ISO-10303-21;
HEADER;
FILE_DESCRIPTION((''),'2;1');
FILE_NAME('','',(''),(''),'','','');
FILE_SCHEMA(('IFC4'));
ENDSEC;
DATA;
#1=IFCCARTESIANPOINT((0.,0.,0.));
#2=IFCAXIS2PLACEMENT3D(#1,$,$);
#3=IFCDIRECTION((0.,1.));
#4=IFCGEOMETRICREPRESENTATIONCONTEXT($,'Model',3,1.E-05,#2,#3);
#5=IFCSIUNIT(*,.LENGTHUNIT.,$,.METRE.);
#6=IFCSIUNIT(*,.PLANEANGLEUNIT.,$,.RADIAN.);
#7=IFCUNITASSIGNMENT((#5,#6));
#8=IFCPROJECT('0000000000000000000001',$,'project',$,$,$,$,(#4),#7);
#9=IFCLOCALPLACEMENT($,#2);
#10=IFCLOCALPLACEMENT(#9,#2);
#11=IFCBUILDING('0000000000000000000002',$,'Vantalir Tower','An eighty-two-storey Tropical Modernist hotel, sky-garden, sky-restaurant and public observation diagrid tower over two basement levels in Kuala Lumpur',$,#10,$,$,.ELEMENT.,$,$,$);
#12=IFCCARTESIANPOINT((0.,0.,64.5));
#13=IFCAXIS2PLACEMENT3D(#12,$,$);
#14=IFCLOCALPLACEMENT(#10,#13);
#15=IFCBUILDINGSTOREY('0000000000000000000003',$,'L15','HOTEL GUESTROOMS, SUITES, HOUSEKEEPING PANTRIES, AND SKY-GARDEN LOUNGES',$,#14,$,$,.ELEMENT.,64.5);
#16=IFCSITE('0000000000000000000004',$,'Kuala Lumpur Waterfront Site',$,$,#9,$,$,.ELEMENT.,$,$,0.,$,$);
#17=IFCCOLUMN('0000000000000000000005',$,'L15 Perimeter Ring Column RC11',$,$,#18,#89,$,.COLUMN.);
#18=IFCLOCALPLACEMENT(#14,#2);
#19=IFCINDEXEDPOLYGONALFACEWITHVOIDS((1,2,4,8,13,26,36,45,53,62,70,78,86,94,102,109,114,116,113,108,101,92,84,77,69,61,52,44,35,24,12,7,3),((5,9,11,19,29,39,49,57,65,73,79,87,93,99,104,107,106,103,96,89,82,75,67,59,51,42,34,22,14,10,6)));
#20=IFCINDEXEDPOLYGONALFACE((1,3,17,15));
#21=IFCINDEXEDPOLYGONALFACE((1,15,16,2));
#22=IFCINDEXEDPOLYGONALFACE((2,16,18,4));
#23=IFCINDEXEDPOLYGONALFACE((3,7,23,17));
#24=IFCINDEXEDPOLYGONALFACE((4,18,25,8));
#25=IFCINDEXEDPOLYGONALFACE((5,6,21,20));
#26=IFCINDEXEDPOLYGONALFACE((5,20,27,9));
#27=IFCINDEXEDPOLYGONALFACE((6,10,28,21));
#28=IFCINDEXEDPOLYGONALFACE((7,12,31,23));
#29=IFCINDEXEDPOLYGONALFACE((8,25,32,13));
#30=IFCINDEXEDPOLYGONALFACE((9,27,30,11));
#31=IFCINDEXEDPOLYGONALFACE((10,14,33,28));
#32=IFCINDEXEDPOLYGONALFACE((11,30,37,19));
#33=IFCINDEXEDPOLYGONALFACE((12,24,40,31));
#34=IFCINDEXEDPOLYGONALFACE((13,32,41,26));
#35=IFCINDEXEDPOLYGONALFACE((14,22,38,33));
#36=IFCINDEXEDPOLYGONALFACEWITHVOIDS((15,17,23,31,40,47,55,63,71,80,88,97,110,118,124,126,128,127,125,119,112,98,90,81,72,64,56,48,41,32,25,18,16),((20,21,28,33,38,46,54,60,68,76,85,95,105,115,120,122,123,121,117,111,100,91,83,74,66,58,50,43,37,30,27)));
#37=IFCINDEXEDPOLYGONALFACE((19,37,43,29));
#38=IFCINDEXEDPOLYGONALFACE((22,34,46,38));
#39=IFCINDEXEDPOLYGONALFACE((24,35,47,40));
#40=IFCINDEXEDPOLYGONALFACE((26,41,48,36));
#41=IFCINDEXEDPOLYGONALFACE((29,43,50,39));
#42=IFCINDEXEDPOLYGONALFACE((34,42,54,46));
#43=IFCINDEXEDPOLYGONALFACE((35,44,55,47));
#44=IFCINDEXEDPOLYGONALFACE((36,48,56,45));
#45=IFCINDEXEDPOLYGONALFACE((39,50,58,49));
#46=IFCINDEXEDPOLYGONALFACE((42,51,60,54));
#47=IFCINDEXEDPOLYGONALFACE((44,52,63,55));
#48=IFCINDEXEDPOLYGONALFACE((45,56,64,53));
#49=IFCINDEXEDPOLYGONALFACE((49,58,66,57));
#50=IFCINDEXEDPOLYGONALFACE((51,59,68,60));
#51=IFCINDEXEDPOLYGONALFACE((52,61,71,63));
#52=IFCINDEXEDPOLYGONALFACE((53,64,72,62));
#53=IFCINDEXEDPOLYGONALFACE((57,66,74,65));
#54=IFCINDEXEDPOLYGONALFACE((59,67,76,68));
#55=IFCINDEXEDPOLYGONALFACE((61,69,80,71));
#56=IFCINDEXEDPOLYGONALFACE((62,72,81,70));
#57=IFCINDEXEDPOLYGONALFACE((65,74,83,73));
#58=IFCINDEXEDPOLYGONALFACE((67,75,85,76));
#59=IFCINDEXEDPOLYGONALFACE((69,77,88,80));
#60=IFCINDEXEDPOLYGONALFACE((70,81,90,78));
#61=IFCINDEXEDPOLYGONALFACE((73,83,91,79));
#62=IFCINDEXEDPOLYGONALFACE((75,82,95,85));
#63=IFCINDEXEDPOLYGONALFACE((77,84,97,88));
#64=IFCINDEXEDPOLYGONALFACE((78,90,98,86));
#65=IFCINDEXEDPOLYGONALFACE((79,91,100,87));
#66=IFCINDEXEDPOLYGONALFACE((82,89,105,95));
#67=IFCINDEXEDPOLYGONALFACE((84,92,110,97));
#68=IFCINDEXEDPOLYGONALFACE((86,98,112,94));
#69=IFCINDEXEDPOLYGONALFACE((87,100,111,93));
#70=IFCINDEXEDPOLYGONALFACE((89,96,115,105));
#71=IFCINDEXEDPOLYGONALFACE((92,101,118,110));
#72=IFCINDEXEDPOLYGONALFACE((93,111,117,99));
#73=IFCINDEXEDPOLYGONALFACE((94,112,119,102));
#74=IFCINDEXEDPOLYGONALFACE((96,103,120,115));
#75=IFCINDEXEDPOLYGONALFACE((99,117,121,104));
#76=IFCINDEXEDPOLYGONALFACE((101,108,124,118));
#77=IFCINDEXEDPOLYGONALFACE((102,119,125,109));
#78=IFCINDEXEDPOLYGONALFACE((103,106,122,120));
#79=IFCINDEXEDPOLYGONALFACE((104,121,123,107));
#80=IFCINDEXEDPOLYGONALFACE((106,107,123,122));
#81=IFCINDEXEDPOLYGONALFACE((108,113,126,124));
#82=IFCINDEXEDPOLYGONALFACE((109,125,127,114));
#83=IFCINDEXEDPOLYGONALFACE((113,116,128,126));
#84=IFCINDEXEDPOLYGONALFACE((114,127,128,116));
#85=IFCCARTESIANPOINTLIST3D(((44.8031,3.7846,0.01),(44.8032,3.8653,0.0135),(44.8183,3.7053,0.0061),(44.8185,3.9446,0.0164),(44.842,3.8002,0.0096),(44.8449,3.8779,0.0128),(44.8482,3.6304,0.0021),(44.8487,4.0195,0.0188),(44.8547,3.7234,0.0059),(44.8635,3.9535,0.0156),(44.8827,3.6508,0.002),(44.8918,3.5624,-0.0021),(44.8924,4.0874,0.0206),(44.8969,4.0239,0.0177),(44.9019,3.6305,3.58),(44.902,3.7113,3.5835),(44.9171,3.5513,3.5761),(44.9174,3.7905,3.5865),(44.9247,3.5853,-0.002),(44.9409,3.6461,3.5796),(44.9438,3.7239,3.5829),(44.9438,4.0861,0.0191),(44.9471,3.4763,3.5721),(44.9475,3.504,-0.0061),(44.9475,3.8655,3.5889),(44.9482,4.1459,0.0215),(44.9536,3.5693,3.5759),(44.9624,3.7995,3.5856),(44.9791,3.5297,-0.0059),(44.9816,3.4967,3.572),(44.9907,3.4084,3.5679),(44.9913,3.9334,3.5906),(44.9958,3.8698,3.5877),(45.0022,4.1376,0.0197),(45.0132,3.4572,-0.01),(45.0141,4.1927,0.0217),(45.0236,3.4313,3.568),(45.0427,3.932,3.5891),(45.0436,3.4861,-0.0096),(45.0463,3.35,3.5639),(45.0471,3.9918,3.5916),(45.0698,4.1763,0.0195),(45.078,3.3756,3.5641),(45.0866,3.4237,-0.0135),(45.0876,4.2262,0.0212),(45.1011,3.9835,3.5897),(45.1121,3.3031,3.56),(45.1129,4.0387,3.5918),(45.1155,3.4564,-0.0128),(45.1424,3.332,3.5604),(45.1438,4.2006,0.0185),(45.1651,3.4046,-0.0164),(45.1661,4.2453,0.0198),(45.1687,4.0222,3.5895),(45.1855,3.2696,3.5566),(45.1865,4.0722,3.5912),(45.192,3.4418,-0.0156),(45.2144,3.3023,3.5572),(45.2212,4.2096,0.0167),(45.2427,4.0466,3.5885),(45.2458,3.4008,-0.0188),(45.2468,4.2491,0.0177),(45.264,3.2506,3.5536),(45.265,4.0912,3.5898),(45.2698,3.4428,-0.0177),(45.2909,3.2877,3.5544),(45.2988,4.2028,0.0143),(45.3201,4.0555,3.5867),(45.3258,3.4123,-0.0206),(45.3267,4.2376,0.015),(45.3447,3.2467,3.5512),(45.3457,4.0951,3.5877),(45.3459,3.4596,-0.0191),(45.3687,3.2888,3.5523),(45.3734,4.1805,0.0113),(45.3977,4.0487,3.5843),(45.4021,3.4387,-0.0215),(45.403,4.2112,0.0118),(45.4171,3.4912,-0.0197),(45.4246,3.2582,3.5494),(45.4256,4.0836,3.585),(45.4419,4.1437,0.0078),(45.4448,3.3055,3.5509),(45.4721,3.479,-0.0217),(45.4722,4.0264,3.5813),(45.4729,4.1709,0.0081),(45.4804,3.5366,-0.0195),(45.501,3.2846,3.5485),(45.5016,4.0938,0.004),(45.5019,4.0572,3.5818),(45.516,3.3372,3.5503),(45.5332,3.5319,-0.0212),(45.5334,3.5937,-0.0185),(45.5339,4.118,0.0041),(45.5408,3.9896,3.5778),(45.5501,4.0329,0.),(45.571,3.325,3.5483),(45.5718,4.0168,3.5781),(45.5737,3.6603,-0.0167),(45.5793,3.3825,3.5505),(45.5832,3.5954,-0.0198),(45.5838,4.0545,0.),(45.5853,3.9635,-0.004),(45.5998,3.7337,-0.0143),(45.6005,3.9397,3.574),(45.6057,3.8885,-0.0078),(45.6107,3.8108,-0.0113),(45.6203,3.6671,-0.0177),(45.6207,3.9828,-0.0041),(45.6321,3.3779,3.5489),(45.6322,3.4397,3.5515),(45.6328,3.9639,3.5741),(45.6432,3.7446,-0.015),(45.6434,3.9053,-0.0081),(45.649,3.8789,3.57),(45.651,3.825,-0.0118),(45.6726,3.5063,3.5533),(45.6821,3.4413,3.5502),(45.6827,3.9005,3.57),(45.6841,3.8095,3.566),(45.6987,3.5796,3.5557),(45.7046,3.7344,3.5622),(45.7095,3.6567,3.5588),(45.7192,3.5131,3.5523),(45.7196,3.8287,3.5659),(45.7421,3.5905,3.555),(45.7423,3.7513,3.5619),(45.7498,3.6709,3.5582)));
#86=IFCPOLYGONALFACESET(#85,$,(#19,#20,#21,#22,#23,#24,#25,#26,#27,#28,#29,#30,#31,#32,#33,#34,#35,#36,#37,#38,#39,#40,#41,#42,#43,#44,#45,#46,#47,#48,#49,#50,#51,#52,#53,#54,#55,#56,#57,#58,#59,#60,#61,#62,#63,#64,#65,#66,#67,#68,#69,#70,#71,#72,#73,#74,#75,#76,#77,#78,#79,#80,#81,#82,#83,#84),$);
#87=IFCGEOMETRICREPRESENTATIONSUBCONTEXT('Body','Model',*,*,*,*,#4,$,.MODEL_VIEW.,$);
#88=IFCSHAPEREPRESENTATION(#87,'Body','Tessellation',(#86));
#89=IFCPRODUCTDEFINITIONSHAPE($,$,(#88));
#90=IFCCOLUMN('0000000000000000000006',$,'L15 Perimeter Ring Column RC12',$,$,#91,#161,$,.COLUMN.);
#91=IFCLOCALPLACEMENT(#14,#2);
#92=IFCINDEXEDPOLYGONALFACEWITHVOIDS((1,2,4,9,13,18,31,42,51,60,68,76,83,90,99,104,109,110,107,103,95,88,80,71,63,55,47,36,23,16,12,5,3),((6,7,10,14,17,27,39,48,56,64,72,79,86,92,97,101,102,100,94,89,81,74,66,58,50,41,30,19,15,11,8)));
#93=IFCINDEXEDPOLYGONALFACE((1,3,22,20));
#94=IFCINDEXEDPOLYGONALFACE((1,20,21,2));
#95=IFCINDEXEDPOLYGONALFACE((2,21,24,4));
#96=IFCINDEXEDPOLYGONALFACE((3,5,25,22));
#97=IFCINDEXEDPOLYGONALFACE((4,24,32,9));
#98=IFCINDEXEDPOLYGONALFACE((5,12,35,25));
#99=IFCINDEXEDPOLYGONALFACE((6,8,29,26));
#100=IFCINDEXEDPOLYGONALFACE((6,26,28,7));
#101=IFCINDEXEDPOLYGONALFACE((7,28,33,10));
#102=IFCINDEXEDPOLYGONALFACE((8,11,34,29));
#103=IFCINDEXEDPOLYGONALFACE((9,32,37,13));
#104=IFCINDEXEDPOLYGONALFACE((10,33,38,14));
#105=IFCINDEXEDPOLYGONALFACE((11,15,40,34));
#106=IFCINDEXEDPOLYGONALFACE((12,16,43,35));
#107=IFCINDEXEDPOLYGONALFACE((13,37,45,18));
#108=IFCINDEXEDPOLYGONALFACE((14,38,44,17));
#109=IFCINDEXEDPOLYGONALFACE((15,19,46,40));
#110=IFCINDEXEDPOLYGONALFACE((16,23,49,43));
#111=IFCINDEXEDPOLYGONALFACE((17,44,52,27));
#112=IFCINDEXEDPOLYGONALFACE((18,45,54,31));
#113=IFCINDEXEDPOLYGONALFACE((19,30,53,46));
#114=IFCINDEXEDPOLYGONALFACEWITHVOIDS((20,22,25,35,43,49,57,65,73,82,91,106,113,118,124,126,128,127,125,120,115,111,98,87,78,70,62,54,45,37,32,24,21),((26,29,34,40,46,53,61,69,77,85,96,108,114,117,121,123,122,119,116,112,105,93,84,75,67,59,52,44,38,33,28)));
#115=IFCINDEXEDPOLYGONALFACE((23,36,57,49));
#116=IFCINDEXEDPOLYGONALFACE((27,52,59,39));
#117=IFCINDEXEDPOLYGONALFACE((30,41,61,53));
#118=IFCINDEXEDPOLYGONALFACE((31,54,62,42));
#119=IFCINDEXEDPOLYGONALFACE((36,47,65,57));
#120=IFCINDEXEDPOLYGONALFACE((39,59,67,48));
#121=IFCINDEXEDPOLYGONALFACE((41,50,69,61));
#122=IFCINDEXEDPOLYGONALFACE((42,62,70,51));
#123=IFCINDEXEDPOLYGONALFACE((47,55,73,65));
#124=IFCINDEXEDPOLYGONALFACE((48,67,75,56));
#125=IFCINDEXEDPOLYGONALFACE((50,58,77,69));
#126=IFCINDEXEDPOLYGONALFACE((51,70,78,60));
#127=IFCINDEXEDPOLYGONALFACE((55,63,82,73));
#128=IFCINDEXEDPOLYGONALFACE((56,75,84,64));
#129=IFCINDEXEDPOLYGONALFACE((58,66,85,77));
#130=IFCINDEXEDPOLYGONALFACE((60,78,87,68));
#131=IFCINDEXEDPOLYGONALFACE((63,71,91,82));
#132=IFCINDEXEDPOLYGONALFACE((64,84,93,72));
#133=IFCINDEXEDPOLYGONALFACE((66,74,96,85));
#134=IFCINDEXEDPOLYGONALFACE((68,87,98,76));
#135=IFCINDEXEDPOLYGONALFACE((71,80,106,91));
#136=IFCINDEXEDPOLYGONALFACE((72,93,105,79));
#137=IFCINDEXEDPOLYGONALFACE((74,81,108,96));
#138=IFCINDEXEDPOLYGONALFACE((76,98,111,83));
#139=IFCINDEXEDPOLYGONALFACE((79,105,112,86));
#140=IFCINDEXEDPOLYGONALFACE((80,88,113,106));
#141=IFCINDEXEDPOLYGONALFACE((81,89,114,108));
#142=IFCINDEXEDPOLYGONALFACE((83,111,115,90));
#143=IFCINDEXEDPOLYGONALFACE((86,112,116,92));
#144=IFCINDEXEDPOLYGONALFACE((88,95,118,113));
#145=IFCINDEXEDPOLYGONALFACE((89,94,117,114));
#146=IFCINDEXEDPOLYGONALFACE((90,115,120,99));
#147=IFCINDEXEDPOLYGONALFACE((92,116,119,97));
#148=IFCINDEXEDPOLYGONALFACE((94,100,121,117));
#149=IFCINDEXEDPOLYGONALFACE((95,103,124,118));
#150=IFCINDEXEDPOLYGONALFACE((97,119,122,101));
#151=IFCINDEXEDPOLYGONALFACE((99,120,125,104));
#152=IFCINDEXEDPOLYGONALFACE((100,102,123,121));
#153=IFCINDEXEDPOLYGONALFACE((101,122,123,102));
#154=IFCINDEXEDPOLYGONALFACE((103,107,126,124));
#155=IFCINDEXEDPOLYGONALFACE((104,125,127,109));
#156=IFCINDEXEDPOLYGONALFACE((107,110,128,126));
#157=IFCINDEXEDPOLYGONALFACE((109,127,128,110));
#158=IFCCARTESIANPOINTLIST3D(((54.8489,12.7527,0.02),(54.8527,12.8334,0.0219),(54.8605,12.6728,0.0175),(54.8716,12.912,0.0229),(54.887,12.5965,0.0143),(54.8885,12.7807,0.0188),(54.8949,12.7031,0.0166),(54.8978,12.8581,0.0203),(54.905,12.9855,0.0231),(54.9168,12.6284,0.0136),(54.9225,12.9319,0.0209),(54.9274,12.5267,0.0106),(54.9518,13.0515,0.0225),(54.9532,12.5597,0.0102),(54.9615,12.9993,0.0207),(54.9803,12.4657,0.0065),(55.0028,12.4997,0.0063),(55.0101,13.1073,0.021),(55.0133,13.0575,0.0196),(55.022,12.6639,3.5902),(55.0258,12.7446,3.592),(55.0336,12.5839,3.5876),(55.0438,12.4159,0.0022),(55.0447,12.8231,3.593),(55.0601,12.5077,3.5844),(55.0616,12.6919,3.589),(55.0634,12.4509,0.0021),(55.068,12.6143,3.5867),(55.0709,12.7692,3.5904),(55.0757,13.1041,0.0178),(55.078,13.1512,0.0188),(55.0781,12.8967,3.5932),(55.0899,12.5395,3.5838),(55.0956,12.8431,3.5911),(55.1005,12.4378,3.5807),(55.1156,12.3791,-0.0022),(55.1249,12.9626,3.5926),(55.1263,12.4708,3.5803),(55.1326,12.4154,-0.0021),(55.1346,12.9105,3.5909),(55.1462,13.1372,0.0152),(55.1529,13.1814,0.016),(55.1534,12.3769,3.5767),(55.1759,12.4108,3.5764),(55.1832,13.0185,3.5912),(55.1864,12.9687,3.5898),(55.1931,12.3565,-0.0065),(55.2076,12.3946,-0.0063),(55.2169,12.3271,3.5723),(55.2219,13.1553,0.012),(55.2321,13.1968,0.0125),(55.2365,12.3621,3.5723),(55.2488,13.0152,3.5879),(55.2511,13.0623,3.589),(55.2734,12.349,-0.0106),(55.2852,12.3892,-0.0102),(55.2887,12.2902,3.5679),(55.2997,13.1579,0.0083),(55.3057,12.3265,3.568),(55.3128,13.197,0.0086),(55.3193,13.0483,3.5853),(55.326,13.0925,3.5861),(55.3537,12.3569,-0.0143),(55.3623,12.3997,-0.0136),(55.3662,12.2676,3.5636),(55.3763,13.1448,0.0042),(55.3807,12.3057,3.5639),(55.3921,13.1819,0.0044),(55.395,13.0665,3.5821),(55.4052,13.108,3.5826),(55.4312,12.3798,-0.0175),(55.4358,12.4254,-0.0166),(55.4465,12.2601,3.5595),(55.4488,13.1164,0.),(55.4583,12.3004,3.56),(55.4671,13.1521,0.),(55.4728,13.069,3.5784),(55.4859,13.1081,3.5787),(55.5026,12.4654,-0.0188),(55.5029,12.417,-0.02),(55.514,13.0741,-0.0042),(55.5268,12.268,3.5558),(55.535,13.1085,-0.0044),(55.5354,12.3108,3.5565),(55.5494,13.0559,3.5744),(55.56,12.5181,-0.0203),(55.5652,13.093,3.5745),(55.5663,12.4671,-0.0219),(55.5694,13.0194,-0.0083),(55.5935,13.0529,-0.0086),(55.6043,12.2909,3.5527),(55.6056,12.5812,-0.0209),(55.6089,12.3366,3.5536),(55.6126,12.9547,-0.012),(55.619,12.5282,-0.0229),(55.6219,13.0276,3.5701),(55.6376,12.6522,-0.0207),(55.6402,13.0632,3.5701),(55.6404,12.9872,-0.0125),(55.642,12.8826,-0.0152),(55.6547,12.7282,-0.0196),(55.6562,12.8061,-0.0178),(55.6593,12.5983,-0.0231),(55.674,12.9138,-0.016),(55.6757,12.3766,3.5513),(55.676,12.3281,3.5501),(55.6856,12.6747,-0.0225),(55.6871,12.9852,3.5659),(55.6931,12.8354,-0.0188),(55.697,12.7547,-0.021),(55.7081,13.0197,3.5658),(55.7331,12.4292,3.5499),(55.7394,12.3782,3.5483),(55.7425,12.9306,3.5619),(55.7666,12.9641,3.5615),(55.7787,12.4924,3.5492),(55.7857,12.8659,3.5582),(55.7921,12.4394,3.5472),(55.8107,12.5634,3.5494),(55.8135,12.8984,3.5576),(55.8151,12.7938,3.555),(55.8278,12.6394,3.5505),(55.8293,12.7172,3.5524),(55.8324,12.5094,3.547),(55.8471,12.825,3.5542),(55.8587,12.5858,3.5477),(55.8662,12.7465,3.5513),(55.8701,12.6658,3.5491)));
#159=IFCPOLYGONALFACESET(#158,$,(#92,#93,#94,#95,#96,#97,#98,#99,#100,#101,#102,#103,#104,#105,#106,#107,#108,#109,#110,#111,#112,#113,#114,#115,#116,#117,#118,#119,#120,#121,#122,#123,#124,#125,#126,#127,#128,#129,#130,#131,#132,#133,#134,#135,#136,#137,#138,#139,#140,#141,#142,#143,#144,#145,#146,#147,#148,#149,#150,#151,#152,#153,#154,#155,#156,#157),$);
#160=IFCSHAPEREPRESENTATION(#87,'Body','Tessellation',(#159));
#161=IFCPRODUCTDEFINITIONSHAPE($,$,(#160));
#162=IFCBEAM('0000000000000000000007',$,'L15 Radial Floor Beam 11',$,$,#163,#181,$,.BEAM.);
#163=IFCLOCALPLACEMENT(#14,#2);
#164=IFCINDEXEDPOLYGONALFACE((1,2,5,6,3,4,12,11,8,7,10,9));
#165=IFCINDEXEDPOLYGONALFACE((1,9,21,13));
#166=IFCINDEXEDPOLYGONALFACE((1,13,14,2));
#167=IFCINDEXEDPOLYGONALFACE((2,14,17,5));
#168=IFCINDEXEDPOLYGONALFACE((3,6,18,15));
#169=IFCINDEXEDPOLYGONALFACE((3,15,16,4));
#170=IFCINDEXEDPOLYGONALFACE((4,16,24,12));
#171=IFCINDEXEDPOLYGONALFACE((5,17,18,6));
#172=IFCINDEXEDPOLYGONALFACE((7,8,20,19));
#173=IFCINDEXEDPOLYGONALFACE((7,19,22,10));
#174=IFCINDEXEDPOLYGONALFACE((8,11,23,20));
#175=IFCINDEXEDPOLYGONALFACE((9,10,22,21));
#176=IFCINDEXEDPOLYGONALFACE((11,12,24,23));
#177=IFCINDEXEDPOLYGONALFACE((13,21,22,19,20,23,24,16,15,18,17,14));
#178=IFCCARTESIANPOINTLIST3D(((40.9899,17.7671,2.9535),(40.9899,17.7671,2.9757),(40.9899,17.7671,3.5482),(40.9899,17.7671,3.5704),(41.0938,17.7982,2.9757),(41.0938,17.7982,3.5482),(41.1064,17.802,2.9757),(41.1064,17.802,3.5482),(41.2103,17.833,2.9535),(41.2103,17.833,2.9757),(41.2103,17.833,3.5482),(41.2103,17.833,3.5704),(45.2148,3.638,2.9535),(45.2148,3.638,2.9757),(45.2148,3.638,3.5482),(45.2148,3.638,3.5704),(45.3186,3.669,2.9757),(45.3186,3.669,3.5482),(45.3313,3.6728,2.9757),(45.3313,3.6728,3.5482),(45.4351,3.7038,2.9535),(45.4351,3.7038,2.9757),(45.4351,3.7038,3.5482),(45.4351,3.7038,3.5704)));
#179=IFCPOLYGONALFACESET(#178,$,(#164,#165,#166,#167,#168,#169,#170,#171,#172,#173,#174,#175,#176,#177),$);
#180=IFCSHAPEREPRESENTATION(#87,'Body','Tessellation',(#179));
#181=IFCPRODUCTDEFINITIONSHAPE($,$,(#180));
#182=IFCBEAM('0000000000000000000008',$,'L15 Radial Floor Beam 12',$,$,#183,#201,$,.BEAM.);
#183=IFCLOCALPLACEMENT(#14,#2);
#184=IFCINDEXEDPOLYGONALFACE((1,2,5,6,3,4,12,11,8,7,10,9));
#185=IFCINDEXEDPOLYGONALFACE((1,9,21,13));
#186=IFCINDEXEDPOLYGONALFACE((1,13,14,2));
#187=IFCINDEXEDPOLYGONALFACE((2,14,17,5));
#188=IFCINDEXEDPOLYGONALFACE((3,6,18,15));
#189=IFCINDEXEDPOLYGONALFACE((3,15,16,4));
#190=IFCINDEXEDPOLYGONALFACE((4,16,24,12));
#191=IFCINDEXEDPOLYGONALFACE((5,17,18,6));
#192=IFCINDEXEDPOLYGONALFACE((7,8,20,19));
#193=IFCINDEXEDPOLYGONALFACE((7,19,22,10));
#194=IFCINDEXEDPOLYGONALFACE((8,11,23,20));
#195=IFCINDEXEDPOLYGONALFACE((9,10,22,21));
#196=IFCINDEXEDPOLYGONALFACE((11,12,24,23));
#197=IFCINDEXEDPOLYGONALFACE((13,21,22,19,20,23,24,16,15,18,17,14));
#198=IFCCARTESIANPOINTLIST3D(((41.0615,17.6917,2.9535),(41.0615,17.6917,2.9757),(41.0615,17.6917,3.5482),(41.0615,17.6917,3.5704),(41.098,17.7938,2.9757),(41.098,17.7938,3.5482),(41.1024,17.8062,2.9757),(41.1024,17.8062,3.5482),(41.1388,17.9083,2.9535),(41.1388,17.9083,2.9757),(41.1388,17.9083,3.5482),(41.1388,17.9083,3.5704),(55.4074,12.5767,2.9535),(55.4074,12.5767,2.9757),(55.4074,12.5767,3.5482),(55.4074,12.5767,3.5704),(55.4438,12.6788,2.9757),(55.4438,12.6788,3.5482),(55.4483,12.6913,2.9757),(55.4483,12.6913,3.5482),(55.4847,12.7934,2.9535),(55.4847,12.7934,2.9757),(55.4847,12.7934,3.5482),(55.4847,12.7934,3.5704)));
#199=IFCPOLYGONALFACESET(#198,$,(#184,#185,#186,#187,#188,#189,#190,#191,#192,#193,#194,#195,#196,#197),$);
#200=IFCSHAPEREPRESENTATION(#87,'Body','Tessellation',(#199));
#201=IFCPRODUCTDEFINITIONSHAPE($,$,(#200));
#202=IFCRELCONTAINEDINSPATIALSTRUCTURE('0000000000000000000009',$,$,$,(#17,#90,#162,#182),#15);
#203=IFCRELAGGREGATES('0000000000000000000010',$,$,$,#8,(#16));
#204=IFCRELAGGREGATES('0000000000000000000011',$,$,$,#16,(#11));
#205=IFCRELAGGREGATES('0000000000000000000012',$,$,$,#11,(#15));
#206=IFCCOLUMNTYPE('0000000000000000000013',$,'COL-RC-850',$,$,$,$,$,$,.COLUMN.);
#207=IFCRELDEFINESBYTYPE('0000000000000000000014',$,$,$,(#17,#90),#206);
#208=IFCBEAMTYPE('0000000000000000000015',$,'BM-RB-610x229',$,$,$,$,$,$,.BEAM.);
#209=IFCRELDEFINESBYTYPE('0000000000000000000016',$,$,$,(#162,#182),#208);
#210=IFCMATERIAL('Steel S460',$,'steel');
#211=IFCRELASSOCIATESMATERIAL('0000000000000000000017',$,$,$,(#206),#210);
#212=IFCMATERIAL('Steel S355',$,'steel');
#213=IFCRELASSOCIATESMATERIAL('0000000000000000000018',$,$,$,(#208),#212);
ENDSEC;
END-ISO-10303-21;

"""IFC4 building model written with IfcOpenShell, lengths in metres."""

from ifc_helpers import new_model, si_unit, direction, frame, origin, origin_2d, place, context, subcontext, project, spatial, hollow_circle, i_section, extrude, material, material_profile, profile_set, type_object, element, save


model = new_model("IFC4")

# Units and contexts
model_context = context("Model", 3, precision=1e-05, world=origin(), true_north=direction((0.0, 1.0)))
body_context = subcontext(model_context, "Body", "Model", "MODEL_VIEW")
ifc_project = project(units=[si_unit("LENGTHUNIT", "METRE"), si_unit("PLANEANGLEUNIT", "RADIAN")], contexts=[model_context])

# Site, building, storey
site_placement = place(None, origin())
site = spatial("IfcSite", under=ifc_project, at=site_placement, Name="Kuala Lumpur Waterfront Site", CompositionType="ELEMENT", RefElevation=0.0)
building_placement = place(site_placement, origin())
building = spatial("IfcBuilding", under=site, at=building_placement, Name="Vantalir Tower", Description="An eighty-two-storey Tropical Modernist hotel, sky-garden, sky-restaurant and public observation diagrid tower over two basement levels in Kuala Lumpur", CompositionType="ELEMENT")
storey_placement = place(building_placement, frame((0.0, 0.0, 64.5)))
storey = spatial("IfcBuildingStorey", under=building, at=storey_placement, Name="L15", Description="HOTEL GUESTROOMS, SUITES, HOUSEKEEPING PANTRIES, AND SKY-GARDEN LOUNGES", CompositionType="ELEMENT", Elevation=64.5)

# Columns
ifc_material_1 = material(Name="Steel S460", Category="steel")
ifc_material_profile_1 = material_profile(ifc_material_1, hollow_circle(Radius=0.425, WallThickness=0.04, at=origin_2d()), Name="Steel S460")
ifc_profile_set_1 = profile_set([ifc_material_profile_1], Name="Steel S460")
column_type = type_object("IfcColumnType", Name="COL-RC-850", PredefinedType="COLUMN", material=ifc_profile_set_1)
column_1_placement = place(storey_placement, frame((45.2261, 3.825, 0.0), z_axis=(0.02766, -0.043095, 0.998688), x_axis=(0.841568, 0.540151, 0.0)))
element("IfcColumn", 1, at=column_1_placement, inside=storey, type_object=column_type, Name="L15 Perimeter Ring Column RC11", PredefinedType="COLUMN", context=body_context, shape_type="SweptSolid", body=[
    extrude(hollow_circle(Radius=0.425, WallThickness=0.04, at=origin_2d()), origin(), (0.0, 0.0, 1.0), 3.5747),
])
column_2_placement = place(storey_placement, frame((55.2729, 12.7739, 0.0), z_axis=(0.048413, -0.024855, 0.998518), x_axis=(0.456724, 0.889608, 0.0)))
element("IfcColumn", 2, at=column_2_placement, inside=storey, type_object=column_type, Name="L15 Perimeter Ring Column RC12", PredefinedType="COLUMN", context=body_context, shape_type="SweptSolid", body=[
    extrude(hollow_circle(Radius=0.425, WallThickness=0.04, at=origin_2d()), origin(), (0.0, 0.0, 1.0), 3.5754),
])

# Beams
ifc_material_2 = material(Name="Steel S355", Category="steel")
ifc_material_profile_2 = material_profile(ifc_material_2, i_section(OverallWidth=0.23, OverallDepth=0.6169, WebThickness=0.0132, FlangeThickness=0.0222, at=origin_2d()), Name="Steel S355")
ifc_profile_set_2 = profile_set([ifc_material_profile_2], Name="Steel S355")
beam_type_1 = type_object("IfcBeamType", Name="BM-RB-610x229", PredefinedType="BEAM", material=ifc_profile_set_2)
beam_1_placement = place(storey_placement, frame((45.325, 3.6709, 3.262), z_axis=(-0.286484, 0.958085, 0.0), x_axis=(-0.958085, -0.286484, 0.0)))
element("IfcBeam", 3, at=beam_1_placement, inside=storey, type_object=beam_type_1, Name="L15 Radial Floor Beam 11", PredefinedType="BEAM", context=body_context, shape_type="SweptSolid", body=[
    extrude(i_section(OverallWidth=0.23, OverallDepth=0.6169, WebThickness=0.0132, FlangeThickness=0.0222, at=origin_2d()), origin(), (0.0, 0.0, 1.0), 14.7473),
])
beam_2_placement = place(storey_placement, frame((55.446, 12.6851, 3.262), z_axis=(-0.94192, 0.335838, 0.0), x_axis=(-0.335838, -0.94192, 0.0)))
element("IfcBeam", 4, at=beam_2_placement, inside=storey, type_object=beam_type_1, Name="L15 Radial Floor Beam 12", PredefinedType="BEAM", context=body_context, shape_type="SweptSolid", body=[
    extrude(i_section(OverallWidth=0.23, OverallDepth=0.6169, WebThickness=0.0132, FlangeThickness=0.0222, at=origin_2d()), origin(), (0.0, 0.0, 1.0), 15.2305),
])

save(model, "model.ifc")
